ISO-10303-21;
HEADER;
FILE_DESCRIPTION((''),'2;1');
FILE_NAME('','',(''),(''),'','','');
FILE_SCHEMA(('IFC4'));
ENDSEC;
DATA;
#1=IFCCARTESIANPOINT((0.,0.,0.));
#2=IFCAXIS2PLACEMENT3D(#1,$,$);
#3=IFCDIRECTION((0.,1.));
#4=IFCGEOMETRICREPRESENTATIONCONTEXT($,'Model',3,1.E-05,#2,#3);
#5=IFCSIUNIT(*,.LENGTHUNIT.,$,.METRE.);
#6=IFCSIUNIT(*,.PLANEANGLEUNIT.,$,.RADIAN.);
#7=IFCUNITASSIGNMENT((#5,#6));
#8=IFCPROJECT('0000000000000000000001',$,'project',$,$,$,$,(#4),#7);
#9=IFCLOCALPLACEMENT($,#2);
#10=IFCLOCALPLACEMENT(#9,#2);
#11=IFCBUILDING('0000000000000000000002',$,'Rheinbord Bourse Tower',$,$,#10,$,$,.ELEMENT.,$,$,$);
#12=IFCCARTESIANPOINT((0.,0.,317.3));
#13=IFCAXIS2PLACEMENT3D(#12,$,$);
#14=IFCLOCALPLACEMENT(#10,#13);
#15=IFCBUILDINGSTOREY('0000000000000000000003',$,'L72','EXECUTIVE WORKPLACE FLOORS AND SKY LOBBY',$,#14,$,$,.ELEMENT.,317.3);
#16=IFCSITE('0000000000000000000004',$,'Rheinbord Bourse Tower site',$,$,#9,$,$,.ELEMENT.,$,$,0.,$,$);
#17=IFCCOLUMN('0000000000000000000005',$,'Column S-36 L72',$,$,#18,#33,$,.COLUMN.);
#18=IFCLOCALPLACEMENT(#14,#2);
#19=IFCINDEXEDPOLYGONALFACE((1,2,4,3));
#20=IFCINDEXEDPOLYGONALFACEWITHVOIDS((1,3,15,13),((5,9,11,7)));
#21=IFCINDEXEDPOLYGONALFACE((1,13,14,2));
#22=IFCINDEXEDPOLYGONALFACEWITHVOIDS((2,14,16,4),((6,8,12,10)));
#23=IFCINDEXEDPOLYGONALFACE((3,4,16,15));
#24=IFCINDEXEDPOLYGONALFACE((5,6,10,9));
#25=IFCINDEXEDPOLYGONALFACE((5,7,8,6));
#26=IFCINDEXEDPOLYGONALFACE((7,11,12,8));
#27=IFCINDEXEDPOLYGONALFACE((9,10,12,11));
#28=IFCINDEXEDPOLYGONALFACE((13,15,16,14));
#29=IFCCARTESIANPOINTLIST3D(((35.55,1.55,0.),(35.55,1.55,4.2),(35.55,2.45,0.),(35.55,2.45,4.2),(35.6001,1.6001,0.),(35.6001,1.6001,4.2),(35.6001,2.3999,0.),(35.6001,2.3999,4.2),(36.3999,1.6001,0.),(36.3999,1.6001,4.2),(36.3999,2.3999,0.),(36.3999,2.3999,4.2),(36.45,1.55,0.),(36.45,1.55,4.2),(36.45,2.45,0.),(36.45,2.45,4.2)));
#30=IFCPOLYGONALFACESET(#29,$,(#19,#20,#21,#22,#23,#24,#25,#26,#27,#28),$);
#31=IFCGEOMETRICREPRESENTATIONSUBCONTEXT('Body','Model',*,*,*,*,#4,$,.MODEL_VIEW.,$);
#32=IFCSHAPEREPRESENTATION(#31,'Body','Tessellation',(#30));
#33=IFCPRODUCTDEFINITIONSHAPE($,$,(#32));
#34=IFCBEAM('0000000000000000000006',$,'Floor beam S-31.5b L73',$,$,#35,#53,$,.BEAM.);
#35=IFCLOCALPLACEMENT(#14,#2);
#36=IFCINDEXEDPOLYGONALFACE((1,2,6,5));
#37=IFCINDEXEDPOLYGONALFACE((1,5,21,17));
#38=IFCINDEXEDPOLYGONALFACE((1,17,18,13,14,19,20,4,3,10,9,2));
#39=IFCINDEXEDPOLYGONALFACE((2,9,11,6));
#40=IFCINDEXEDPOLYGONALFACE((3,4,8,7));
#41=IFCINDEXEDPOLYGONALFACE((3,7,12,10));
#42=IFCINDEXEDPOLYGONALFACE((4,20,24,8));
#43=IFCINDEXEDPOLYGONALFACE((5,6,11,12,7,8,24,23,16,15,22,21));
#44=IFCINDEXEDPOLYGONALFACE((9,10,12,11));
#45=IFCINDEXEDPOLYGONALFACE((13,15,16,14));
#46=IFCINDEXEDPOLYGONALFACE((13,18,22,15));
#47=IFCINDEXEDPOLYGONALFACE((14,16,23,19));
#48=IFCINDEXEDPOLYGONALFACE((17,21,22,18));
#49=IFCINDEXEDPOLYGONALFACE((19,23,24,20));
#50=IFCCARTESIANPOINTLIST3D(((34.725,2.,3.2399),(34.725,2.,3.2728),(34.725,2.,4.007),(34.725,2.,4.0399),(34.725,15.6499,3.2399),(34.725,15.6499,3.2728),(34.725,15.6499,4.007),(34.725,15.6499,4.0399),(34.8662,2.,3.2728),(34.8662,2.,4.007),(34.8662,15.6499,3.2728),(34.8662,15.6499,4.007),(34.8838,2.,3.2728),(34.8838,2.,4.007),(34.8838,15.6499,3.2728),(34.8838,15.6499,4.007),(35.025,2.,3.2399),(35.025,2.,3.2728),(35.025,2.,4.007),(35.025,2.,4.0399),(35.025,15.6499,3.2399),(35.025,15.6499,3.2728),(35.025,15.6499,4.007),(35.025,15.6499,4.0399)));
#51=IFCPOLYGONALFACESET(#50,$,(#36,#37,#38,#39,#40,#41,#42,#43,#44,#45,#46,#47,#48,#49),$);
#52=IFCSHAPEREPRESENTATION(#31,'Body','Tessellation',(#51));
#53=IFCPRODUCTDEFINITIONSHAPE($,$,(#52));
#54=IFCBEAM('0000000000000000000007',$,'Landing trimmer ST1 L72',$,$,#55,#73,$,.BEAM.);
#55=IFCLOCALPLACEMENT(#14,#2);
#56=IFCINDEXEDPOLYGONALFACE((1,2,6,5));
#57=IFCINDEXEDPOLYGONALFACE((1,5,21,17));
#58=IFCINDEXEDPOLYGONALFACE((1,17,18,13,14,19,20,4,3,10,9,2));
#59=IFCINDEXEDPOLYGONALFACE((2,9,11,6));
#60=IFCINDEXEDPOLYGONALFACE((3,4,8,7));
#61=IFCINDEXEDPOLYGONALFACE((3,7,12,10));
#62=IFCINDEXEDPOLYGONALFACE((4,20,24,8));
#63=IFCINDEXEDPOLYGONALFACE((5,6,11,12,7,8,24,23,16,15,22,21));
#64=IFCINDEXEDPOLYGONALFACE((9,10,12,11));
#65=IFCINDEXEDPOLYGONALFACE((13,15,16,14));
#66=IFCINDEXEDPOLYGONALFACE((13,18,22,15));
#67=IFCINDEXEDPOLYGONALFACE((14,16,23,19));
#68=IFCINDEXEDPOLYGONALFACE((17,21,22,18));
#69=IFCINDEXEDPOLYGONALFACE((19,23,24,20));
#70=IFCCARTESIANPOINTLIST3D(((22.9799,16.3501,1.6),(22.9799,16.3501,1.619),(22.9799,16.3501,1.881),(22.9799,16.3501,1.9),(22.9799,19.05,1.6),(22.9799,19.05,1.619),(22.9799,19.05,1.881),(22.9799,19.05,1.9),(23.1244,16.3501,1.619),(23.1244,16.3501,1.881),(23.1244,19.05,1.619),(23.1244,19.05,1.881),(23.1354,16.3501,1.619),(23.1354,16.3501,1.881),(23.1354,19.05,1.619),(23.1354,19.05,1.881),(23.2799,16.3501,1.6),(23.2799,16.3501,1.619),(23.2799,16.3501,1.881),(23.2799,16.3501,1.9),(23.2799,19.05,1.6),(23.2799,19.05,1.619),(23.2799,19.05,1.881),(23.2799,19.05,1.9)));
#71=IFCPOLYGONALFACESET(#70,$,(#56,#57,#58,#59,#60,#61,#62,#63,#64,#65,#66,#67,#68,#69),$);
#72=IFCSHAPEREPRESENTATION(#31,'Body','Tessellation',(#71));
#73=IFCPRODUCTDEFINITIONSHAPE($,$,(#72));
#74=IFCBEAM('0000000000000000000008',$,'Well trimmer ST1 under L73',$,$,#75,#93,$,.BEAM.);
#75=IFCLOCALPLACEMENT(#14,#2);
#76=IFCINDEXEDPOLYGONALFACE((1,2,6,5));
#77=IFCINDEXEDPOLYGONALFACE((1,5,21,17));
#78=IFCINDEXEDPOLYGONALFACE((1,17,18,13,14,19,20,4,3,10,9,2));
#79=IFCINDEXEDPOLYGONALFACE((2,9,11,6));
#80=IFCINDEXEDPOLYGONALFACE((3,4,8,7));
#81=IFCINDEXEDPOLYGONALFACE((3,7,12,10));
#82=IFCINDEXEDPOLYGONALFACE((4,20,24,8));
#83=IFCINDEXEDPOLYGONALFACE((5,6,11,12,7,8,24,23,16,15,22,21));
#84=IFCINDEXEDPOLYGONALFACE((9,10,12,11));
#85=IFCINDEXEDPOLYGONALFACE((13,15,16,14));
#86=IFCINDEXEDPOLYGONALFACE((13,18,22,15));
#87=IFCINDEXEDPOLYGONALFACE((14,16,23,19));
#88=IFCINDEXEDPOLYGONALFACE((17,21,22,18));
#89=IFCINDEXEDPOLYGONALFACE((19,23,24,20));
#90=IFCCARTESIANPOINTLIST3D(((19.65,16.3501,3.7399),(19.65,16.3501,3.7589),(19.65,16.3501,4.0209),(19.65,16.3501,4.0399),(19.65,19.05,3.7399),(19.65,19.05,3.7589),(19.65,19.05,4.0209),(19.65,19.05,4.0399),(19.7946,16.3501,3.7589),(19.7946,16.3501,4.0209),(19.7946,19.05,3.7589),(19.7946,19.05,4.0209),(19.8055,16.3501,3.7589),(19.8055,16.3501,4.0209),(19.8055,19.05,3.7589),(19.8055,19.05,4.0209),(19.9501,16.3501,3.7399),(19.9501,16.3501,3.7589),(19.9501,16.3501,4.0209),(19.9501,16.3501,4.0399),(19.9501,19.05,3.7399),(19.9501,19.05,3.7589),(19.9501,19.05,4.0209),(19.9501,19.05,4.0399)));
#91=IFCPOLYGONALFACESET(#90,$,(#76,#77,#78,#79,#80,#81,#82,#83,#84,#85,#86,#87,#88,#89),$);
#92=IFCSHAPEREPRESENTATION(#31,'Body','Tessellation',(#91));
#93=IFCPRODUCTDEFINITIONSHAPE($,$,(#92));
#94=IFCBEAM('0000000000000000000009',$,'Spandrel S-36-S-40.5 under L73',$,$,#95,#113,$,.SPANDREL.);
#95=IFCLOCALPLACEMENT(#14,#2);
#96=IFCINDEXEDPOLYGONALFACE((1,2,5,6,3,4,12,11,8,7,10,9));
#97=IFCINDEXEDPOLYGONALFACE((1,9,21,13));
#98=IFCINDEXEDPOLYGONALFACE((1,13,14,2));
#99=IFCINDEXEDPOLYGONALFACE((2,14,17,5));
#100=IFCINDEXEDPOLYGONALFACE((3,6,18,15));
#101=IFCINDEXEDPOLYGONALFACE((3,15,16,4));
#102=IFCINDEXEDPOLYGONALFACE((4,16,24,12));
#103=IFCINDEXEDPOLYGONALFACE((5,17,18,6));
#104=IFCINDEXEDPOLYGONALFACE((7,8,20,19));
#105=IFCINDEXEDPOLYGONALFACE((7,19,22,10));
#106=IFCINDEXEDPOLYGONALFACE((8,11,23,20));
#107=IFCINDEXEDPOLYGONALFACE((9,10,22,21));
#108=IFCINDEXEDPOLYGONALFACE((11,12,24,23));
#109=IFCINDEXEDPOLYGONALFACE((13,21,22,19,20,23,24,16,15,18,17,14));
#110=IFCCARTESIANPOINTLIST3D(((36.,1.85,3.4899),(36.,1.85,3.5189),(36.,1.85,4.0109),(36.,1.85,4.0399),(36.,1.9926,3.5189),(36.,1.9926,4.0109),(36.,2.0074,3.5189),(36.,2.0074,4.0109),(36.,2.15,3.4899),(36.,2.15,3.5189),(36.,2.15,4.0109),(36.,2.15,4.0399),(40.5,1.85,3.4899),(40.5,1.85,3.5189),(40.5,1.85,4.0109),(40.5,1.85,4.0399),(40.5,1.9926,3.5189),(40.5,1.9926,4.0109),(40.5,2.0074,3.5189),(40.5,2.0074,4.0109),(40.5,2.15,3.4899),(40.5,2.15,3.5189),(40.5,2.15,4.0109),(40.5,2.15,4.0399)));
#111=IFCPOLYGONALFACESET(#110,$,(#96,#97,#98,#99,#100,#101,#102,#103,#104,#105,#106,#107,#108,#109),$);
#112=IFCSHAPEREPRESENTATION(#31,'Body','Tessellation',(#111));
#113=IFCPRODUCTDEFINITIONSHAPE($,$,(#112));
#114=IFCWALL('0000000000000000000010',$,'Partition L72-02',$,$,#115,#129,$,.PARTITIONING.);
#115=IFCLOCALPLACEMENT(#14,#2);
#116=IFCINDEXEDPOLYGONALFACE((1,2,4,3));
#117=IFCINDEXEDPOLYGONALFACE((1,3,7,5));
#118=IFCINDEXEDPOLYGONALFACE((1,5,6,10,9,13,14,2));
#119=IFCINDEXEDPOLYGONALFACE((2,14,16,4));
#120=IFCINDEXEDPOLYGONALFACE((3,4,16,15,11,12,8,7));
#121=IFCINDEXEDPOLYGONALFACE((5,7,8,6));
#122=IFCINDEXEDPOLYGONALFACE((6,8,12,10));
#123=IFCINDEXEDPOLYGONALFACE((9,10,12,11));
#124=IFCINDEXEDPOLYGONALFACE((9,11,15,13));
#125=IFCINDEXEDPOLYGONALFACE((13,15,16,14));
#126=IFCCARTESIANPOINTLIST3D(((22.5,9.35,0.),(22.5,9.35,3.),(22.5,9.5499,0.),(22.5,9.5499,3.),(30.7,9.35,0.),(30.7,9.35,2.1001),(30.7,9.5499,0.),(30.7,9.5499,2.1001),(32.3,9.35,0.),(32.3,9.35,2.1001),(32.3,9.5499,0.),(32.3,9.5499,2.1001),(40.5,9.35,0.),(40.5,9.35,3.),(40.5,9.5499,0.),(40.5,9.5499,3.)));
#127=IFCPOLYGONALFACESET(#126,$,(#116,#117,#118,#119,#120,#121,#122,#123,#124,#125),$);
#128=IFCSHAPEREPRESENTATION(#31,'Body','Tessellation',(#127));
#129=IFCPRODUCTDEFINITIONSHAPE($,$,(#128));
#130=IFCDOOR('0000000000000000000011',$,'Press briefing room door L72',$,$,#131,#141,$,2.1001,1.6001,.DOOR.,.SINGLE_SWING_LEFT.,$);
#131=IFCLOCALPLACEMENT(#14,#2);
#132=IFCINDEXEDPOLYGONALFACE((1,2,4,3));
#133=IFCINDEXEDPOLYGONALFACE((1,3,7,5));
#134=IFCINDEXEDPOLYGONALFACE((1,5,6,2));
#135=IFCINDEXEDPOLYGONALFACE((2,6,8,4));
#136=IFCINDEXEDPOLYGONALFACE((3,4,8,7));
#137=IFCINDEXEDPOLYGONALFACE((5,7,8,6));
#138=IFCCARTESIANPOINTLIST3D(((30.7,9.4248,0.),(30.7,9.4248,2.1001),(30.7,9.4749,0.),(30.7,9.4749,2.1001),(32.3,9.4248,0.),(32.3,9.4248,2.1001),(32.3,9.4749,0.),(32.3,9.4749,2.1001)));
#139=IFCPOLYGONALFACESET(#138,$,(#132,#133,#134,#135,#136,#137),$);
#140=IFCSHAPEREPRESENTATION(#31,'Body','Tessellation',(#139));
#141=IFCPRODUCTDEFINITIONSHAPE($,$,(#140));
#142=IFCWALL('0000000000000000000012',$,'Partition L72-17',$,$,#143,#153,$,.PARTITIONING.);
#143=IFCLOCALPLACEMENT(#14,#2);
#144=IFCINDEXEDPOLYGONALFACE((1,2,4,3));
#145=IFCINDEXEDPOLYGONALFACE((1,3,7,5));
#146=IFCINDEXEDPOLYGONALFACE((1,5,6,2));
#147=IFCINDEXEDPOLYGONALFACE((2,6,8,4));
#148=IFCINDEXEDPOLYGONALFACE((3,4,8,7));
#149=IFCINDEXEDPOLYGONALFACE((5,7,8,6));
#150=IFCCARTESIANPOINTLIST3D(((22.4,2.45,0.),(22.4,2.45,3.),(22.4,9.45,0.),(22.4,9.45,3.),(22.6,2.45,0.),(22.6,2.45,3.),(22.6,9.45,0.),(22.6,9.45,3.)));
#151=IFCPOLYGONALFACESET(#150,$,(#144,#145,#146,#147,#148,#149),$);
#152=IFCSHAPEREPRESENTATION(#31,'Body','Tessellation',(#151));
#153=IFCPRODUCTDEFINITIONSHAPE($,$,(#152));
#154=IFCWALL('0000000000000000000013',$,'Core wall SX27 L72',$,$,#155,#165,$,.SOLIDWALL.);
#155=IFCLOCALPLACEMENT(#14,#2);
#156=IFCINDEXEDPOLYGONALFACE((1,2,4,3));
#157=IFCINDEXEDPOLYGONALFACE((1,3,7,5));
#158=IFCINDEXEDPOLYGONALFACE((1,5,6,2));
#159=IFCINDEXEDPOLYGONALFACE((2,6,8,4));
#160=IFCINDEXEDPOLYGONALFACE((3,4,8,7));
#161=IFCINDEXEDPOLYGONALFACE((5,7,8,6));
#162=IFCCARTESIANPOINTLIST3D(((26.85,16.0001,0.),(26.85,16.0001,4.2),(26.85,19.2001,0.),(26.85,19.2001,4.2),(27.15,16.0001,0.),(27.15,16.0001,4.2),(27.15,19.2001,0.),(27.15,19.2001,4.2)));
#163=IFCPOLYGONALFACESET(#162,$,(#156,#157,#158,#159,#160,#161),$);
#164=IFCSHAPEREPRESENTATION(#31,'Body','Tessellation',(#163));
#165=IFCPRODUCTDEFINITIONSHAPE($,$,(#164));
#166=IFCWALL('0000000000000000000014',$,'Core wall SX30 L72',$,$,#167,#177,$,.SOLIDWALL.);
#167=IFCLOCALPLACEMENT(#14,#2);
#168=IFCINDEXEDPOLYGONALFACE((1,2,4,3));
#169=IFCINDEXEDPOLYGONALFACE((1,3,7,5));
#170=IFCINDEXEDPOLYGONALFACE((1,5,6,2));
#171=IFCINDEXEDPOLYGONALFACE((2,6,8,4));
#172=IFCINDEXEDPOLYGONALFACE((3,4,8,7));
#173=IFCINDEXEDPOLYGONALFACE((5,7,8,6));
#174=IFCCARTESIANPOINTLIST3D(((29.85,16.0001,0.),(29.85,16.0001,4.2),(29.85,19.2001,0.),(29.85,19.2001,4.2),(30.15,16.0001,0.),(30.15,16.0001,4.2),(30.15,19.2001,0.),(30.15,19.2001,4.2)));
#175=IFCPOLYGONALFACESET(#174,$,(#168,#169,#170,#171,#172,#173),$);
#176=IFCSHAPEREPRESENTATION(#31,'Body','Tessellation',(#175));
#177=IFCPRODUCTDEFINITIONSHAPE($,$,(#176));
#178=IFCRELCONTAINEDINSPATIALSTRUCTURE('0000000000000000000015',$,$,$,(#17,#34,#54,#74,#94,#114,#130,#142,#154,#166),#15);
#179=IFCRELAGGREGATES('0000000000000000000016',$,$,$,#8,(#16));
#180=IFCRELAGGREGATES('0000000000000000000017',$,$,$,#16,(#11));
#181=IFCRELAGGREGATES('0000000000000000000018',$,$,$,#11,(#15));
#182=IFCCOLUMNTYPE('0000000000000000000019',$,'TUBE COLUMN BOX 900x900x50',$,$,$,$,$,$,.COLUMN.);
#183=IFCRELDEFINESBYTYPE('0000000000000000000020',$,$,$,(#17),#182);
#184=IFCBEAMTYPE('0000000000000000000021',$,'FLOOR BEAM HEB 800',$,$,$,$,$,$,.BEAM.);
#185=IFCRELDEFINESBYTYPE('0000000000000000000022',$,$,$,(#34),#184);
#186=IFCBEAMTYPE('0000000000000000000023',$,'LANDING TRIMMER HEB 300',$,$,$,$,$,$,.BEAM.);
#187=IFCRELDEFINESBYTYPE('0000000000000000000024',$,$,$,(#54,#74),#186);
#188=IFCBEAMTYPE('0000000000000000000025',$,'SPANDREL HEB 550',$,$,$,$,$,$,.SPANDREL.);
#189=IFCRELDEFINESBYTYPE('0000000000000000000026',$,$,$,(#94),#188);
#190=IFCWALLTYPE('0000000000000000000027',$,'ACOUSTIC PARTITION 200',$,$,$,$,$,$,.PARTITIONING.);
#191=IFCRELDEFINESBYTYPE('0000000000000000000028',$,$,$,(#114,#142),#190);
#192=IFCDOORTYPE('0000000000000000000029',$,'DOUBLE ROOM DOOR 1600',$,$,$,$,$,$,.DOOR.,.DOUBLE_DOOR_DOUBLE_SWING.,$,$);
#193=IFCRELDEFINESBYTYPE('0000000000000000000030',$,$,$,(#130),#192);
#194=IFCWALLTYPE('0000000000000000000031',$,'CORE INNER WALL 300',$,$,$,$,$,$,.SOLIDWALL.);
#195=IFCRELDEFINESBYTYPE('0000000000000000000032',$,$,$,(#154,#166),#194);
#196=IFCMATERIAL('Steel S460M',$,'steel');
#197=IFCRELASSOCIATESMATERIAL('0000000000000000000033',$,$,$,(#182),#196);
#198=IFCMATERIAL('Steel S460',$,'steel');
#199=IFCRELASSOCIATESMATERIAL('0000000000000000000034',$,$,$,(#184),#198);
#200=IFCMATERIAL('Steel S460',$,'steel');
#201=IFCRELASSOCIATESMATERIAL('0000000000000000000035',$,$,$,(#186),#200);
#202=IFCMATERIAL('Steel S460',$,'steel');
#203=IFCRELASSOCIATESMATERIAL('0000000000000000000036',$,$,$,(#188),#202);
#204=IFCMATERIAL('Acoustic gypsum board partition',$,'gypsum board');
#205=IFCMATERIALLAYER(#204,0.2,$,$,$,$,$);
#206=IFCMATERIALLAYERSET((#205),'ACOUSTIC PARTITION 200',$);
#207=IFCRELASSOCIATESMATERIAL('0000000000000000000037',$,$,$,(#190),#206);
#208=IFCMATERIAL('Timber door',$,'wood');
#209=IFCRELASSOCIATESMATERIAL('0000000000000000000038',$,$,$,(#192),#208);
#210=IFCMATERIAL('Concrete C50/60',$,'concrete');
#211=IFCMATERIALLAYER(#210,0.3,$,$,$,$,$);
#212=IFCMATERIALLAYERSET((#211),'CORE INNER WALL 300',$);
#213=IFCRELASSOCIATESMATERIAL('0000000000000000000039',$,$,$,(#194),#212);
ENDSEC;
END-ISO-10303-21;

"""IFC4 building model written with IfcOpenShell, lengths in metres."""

from ifc_helpers import new_model, si_unit, direction, frame, frame_2d, origin, origin_2d, place, context, subcontext, project, spatial, rectangle, hollow_rectangle, i_section, extrude, material, layer, layer_set, material_profile, profile_set, type_object, element, fill, save


model = new_model("IFC4")

# Units and contexts
model_context = context("Model", 3, precision=1e-05, world=origin(), true_north=direction((0.0, 1.0)))
body_context = subcontext(model_context, "Body", "Model", "MODEL_VIEW")
ifc_project = project(units=[si_unit("LENGTHUNIT", "METRE"), si_unit("PLANEANGLEUNIT", "RADIAN")], contexts=[model_context])

# Site, building, storey
site_placement = place(None, origin())
site = spatial("IfcSite", under=ifc_project, at=site_placement, Name="Rheinbord Bourse Tower site", CompositionType="ELEMENT", RefElevation=0.0)
building_placement = place(site_placement, origin())
building = spatial("IfcBuilding", under=site, at=building_placement, Name="Rheinbord Bourse Tower", CompositionType="ELEMENT")
storey_placement = place(building_placement, frame((0.0, 0.0, 317.3)))
storey = spatial("IfcBuildingStorey", under=building, at=storey_placement, Name="L72", Description="EXECUTIVE WORKPLACE FLOORS AND SKY LOBBY", CompositionType="ELEMENT", Elevation=317.3)

# Column
ifc_material_1 = material(Name="Steel S460M", Category="steel")
ifc_material_profile_1 = material_profile(ifc_material_1, hollow_rectangle(XDim=0.8999, YDim=0.8999, WallThickness=0.05, at=origin_2d()), Name="BOX 900x900x50")
ifc_profile_set_1 = profile_set([ifc_material_profile_1], Name="Steel S460M")
column_type = type_object("IfcColumnType", Name="TUBE COLUMN BOX 900x900x50", PredefinedType="COLUMN", material=ifc_profile_set_1)
column_placement = place(storey_placement, frame((36.0, 2.0, 0.0), z_axis=(0.0, 0.0, 1.0), x_axis=(0.0, 1.0, 0.0)))
element("IfcColumn", 1, at=column_placement, inside=storey, type_object=column_type, Name="Column S-36 L72", PredefinedType="COLUMN", context=body_context, shape_type="SweptSolid", body=[
    extrude(hollow_rectangle(XDim=0.8999, YDim=0.8999, WallThickness=0.05, at=origin_2d()), origin(), (0.0, 0.0, 1.0), 4.2),
])

# Beams
ifc_material_2 = material(Name="Steel S460", Category="steel")
ifc_material_profile_2 = material_profile(ifc_material_2, i_section(OverallWidth=0.3, OverallDepth=0.8, WebThickness=0.0176, FlangeThickness=0.033, at=origin_2d()), Name="HEB 800")
ifc_profile_set_2 = profile_set([ifc_material_profile_2], Name="Steel S460")
beam_type_1 = type_object("IfcBeamType", Name="FLOOR BEAM HEB 800", PredefinedType="BEAM", material=ifc_profile_set_2)
beam_1_placement = place(storey_placement, frame((34.875, 2.0, 3.6399), z_axis=(0.0, 1.0, 0.0), x_axis=(-1.0, 0.0, 0.0)))
element("IfcBeam", 2, at=beam_1_placement, inside=storey, type_object=beam_type_1, Name="Floor beam S-31.5b L73", PredefinedType="BEAM", context=body_context, shape_type="SweptSolid", body=[
    extrude(i_section(OverallWidth=0.3, OverallDepth=0.8, WebThickness=0.0176, FlangeThickness=0.033, at=origin_2d()), origin(), (0.0, 0.0, 1.0), 13.6499),
])
ifc_material_3 = material(Name="Steel S460", Category="steel")
ifc_material_profile_3 = material_profile(ifc_material_3, i_section(OverallWidth=0.3, OverallDepth=0.3, WebThickness=0.011, FlangeThickness=0.019, at=origin_2d()), Name="HEB 300")
ifc_profile_set_3 = profile_set([ifc_material_profile_3], Name="Steel S460")
beam_type_2 = type_object("IfcBeamType", Name="LANDING TRIMMER HEB 300", PredefinedType="BEAM", material=ifc_profile_set_3)
for number, where, z_axis, x_axis, name in (
    (3, (23.1299, 16.3501, 1.75), (0.0, 1.0, 0.0), (-1.0, 0.0, 0.0), "Landing trimmer ST1 L72"),
    (4, (19.8, 16.3501, 3.8899), (0.0, 1.0, 0.0), (-1.0, 0.0, 0.0), "Well trimmer ST1 under L73"),
):
    element("IfcBeam", number, at=place(storey_placement, frame(where, z_axis=z_axis, x_axis=x_axis)), inside=storey, type_object=beam_type_2, Name=name, PredefinedType="BEAM", context=body_context, shape_type="SweptSolid", body=[
        extrude(i_section(OverallWidth=0.3, OverallDepth=0.3, WebThickness=0.011, FlangeThickness=0.019, at=origin_2d()), origin(), (0.0, 0.0, 1.0), 2.7),
    ])
ifc_material_4 = material(Name="Steel S460", Category="steel")
ifc_material_profile_4 = material_profile(ifc_material_4, i_section(OverallWidth=0.3, OverallDepth=0.55, WebThickness=0.0149, FlangeThickness=0.0291, at=origin_2d()), Name="HEB 550")
ifc_profile_set_4 = profile_set([ifc_material_profile_4], Name="Steel S460")
beam_type_3 = type_object("IfcBeamType", Name="SPANDREL HEB 550", PredefinedType="SPANDREL", material=ifc_profile_set_4)
beam_2_placement = place(storey_placement, frame((36.0, 2.0, 3.7649), z_axis=(1.0, 0.0, 0.0), x_axis=(0.0, 1.0, 0.0)))
element("IfcBeam", 5, at=beam_2_placement, inside=storey, type_object=beam_type_3, Name="Spandrel S-36-S-40.5 under L73", PredefinedType="SPANDREL", context=body_context, shape_type="SweptSolid", body=[
    extrude(i_section(OverallWidth=0.3, OverallDepth=0.55, WebThickness=0.0149, FlangeThickness=0.0291, at=origin_2d()), origin(), (0.0, 0.0, 1.0), 4.5),
])

# Wall, opening, door
ifc_material_5 = material(Name="Acoustic gypsum board partition", Category="gypsum board")
ifc_layer_1 = layer(ifc_material_5, 0.2)
ifc_layer_set_1 = layer_set([ifc_layer_1], Name="ACOUSTIC PARTITION 200")
wall_type_1 = type_object("IfcWallType", Name="ACOUSTIC PARTITION 200", PredefinedType="PARTITIONING", material=ifc_layer_set_1)
wall_1_placement = place(storey_placement, frame((22.5, 9.45, 0.0), z_axis=(0.0, 0.0, 1.0), x_axis=(1.0, 0.0, 0.0)))
wall_1 = element("IfcWall", 6, at=wall_1_placement, inside=storey, type_object=wall_type_1, Name="Partition L72-02", PredefinedType="PARTITIONING", context=body_context, shape_type="SweptSolid", body=[
    extrude(rectangle(XDim=18.0, YDim=0.2, at=frame_2d((9.0, 0.0))), origin(), (0.0, 0.0, 1.0), 3.0),
])
opening_1_placement = place(wall_1_placement, frame((8.2, 0.0, 0.0)))
opening_1 = element("IfcOpeningElement", 7, at=opening_1_placement, cuts=wall_1, PredefinedType="OPENING", context=body_context, shape_type="SweptSolid", body=[
    extrude(rectangle(XDim=1.6001, YDim=2.1001, at=frame_2d((0.8, 1.05))), frame((0.0, 0.1099, 0.0), z_axis=(0.0, -1.0, 0.0), x_axis=(1.0, 0.0, 0.0)), (0.0, 0.0, 1.0), 0.22),
])
ifc_material_6 = material(Name="Timber door", Category="wood")
door_type = type_object("IfcDoorType", Name="DOUBLE ROOM DOOR 1600", OperationType="DOUBLE_DOOR_DOUBLE_SWING", PredefinedType="DOOR", material=ifc_material_6)
door_1_placement = place(opening_1_placement, origin())
door_1 = element("IfcDoor", 8, at=door_1_placement, inside=storey, type_object=door_type, Name="Press briefing room door L72", OperationType="SINGLE_SWING_LEFT", OverallHeight=2.1001, OverallWidth=1.6001, PredefinedType="DOOR", context=body_context, shape_type="SweptSolid", body=[
    extrude(rectangle(XDim=1.6001, YDim=2.1001, at=frame_2d((0.8, 1.05))), frame((0.0, 0.0249, 0.0), z_axis=(0.0, -1.0, 0.0), x_axis=(1.0, 0.0, 0.0)), (0.0, 0.0, 1.0), 0.05),
])
fill(opening_1, door_1)

# Walls
wall_2_placement = place(storey_placement, frame((22.5, 2.45, 0.0), z_axis=(0.0, 0.0, 1.0), x_axis=(0.0, 1.0, 0.0)))
element("IfcWall", 9, at=wall_2_placement, inside=storey, type_object=wall_type_1, Name="Partition L72-17", PredefinedType="PARTITIONING", context=body_context, shape_type="SweptSolid", body=[
    extrude(rectangle(XDim=7.0, YDim=0.2, at=frame_2d((3.5, 0.0))), origin(), (0.0, 0.0, 1.0), 3.0),
])
ifc_material_7 = material(Name="Concrete C50/60", Category="concrete")
ifc_layer_2 = layer(ifc_material_7, 0.3)
ifc_layer_set_2 = layer_set([ifc_layer_2], Name="CORE INNER WALL 300")
wall_type_2 = type_object("IfcWallType", Name="CORE INNER WALL 300", PredefinedType="SOLIDWALL", material=ifc_layer_set_2)
for number, where, z_axis, x_axis, name in (
    (10, (27.0, 16.0, 0.0), (0.0, 0.0, 1.0), (0.0, 1.0, 0.0), "Core wall SX27 L72"),
    (11, (30.0, 16.0, 0.0), (0.0, 0.0, 1.0), (0.0, 1.0, 0.0), "Core wall SX30 L72"),
):
    element("IfcWall", number, at=place(storey_placement, frame(where, z_axis=z_axis, x_axis=x_axis)), inside=storey, type_object=wall_type_2, Name=name, PredefinedType="SOLIDWALL", context=body_context, shape_type="SweptSolid", body=[
        extrude(rectangle(XDim=3.2, YDim=0.3, at=frame_2d((1.6001, 0.0))), origin(), (0.0, 0.0, 1.0), 4.2),
    ])

save(model, "model.ifc")
